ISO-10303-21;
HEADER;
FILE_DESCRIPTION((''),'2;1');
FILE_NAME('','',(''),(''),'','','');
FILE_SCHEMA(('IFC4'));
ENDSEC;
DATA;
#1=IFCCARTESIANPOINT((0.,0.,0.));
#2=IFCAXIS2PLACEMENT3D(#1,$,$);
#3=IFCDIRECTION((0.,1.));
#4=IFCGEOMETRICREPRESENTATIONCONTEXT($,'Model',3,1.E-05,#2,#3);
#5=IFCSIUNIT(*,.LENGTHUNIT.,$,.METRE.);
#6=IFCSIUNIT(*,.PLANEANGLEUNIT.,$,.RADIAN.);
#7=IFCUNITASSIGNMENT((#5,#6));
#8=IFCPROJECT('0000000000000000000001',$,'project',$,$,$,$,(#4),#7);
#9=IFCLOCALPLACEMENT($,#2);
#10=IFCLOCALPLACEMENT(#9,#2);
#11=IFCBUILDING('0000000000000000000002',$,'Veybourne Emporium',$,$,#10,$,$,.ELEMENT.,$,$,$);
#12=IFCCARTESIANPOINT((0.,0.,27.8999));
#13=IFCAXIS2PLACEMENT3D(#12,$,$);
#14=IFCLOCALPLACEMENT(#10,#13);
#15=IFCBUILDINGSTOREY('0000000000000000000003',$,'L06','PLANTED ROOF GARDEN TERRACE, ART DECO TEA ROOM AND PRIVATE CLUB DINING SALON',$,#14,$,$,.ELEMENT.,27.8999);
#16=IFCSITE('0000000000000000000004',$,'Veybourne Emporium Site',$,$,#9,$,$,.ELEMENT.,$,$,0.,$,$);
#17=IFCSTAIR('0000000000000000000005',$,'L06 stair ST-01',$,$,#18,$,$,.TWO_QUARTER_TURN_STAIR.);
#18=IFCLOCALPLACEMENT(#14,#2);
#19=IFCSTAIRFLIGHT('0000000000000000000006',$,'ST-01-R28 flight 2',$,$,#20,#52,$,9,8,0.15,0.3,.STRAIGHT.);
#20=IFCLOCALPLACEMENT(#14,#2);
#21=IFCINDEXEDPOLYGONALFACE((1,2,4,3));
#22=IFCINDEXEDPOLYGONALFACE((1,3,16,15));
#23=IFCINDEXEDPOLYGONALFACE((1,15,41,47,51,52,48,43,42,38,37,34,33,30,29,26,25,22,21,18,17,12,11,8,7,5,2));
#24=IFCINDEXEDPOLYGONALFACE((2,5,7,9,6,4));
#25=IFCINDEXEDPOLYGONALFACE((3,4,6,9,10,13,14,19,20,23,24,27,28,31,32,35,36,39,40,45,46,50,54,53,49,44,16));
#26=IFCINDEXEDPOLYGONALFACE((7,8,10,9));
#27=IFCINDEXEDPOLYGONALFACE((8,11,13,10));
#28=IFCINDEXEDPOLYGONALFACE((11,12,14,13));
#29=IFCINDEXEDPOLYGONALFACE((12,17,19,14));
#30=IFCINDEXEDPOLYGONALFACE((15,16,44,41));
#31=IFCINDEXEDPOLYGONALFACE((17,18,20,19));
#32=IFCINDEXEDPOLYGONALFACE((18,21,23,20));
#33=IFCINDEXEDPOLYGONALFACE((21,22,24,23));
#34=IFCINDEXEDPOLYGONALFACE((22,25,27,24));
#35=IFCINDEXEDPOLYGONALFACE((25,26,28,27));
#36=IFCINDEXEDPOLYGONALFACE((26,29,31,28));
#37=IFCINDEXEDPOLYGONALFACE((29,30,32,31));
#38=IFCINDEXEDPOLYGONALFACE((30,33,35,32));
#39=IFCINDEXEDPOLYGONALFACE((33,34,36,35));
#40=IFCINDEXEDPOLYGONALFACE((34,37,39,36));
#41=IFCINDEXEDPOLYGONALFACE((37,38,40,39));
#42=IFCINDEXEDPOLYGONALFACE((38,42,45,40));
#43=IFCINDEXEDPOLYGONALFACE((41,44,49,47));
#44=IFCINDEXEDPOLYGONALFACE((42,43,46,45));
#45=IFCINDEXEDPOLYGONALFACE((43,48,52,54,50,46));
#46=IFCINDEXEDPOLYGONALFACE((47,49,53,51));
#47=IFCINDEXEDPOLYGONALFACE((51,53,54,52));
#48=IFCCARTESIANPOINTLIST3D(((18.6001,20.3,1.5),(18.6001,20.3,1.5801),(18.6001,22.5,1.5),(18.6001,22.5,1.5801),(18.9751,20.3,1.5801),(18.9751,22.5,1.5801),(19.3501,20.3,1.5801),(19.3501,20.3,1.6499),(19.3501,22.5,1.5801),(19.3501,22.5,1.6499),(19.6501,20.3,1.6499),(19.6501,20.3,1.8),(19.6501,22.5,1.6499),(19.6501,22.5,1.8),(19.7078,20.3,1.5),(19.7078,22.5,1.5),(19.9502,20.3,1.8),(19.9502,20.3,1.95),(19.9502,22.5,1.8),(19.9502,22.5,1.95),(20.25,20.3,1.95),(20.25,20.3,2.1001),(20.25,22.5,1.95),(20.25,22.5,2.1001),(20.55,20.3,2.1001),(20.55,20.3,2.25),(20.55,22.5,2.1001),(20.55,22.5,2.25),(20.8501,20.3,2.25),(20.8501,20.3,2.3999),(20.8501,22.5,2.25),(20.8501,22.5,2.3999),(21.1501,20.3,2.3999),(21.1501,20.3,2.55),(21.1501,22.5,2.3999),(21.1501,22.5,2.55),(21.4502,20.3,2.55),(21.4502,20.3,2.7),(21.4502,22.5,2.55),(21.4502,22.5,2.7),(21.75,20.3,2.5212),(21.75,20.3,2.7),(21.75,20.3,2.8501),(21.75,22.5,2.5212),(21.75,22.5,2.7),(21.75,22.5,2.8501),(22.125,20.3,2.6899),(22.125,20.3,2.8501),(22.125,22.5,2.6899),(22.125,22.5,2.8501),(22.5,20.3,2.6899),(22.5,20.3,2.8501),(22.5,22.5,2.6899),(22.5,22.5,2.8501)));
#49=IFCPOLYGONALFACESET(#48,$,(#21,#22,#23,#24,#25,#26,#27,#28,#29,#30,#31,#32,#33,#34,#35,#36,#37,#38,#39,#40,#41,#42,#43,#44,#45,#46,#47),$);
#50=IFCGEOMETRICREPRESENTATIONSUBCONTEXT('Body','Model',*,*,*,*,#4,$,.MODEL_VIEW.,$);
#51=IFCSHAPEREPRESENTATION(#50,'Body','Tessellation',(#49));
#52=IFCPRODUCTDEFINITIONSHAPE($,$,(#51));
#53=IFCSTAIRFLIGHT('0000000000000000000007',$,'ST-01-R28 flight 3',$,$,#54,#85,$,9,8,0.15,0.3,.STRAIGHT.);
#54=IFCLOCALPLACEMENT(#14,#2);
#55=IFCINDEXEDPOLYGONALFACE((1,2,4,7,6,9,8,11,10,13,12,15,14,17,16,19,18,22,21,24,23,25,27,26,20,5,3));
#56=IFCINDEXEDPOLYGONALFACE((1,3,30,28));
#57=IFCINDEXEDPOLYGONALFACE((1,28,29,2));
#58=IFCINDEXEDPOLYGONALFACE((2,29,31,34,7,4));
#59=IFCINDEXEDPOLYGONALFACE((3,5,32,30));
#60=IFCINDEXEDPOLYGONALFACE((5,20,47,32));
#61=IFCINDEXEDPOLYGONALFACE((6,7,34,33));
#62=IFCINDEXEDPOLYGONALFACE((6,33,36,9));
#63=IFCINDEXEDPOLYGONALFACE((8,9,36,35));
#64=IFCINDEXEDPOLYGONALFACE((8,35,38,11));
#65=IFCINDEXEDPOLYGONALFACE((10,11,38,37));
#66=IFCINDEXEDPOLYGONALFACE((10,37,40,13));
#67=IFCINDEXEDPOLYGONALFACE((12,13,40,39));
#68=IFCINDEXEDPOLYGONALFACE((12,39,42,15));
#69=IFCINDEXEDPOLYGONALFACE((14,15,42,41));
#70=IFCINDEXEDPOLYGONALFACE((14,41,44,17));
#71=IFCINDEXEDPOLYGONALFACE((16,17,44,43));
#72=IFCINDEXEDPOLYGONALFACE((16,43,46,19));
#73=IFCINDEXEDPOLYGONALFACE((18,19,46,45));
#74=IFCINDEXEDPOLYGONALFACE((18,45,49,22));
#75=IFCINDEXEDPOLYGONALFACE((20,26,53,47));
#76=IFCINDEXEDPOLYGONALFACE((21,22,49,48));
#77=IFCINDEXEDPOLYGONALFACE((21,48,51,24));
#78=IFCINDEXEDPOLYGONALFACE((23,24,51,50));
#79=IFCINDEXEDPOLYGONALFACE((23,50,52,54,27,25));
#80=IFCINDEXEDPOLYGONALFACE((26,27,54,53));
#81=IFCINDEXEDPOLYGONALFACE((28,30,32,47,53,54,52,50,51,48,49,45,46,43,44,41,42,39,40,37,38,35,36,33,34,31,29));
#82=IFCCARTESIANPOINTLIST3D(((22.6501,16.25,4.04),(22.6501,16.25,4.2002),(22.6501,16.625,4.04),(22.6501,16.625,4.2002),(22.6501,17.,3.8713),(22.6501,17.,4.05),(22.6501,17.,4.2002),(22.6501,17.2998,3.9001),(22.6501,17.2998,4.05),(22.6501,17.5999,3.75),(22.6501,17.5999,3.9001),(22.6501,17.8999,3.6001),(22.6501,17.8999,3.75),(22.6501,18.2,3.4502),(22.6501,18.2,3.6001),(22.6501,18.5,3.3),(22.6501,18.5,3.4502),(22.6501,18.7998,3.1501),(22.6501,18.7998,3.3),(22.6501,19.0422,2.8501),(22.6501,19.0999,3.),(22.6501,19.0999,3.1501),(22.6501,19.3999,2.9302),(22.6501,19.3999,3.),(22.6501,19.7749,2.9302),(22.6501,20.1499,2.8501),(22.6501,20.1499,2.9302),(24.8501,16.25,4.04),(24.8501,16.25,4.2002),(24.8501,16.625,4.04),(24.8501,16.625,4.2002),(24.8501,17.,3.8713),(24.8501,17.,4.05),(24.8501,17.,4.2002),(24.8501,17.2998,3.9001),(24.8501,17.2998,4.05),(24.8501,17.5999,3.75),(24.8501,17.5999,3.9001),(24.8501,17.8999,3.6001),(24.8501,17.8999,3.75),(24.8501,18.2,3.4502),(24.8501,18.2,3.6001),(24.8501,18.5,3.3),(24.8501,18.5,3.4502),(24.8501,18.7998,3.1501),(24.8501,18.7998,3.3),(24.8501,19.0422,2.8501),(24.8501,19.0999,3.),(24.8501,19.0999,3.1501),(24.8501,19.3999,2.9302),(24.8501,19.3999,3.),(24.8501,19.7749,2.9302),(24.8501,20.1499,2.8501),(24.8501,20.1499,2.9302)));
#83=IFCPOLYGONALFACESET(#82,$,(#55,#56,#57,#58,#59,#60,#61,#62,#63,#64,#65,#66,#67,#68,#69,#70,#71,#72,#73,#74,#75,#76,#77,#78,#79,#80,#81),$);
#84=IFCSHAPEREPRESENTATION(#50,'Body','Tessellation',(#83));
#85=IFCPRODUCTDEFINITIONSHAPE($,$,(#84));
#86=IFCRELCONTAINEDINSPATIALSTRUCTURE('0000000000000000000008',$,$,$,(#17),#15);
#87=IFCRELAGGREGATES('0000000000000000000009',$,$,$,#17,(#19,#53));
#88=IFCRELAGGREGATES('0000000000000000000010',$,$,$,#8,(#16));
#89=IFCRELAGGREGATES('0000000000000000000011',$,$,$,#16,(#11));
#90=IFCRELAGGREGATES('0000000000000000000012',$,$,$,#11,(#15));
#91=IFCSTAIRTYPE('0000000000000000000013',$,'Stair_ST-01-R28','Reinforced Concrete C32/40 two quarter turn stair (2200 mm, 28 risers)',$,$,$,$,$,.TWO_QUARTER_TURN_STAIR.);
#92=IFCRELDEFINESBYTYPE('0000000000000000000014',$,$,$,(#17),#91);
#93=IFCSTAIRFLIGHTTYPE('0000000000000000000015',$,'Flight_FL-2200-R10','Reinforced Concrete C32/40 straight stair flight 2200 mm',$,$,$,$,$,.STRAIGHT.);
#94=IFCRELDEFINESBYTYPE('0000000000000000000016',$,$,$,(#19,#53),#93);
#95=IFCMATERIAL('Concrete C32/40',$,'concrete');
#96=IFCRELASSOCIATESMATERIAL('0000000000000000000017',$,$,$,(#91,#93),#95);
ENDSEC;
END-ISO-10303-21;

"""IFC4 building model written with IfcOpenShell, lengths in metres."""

from ifc_helpers import new_model, si_unit, direction, frame, origin, place, context, subcontext, project, spatial, polyline, outline, extrude, material, type_object, element, aggregate, save


model = new_model("IFC4")

# Units and contexts
model_context = context("Model", 3, precision=1e-05, world=origin(), true_north=direction((0.0, 1.0)))
body_context = subcontext(model_context, "Body", "Model", "MODEL_VIEW")
ifc_project = project(units=[si_unit("LENGTHUNIT", "METRE"), si_unit("PLANEANGLEUNIT", "RADIAN")], contexts=[model_context])

# Site, building, storey
site_placement = place(None, origin())
site = spatial("IfcSite", under=ifc_project, at=site_placement, Name="Veybourne Emporium Site", CompositionType="ELEMENT", RefElevation=0.0)
building_placement = place(site_placement, origin())
building = spatial("IfcBuilding", under=site, at=building_placement, Name="Veybourne Emporium", CompositionType="ELEMENT")
storey_placement = place(building_placement, frame((0.0, 0.0, 27.8999)))
storey = spatial("IfcBuildingStorey", under=building, at=storey_placement, Name="L06", Description="PLANTED ROOF GARDEN TERRACE, ART DECO TEA ROOM AND PRIVATE CLUB DINING SALON", CompositionType="ELEMENT", Elevation=27.8999)

# Shared definitions
ifc_material_1 = material(Name="Concrete C32/40", Category="concrete")

# Stair, stair flights
stair_type = type_object("IfcStairType", Name="Stair_ST-01-R28", Description="Reinforced Concrete C32/40 two quarter turn stair (2200 mm, 28 risers)", PredefinedType="TWO_QUARTER_TURN_STAIR", material=ifc_material_1)
stair_placement = place(storey_placement, origin())
stair = element("IfcStair", 1, at=stair_placement, inside=storey, type_object=stair_type, Name="L06 stair ST-01", PredefinedType="TWO_QUARTER_TURN_STAIR")
stair_flight_type = type_object("IfcStairFlightType", Name="Flight_FL-2200-R10", Description="Reinforced Concrete C32/40 straight stair flight 2200 mm", PredefinedType="STRAIGHT", material=ifc_material_1)
stair_flight_1_placement = place(storey_placement, frame((19.3501, 21.3999, 1.5), z_axis=(0.0, 0.0, 1.0), x_axis=(1.0, 0.0, 0.0)))
stair_flight_1 = element("IfcStairFlight", 2, at=stair_flight_1_placement, type_object=stair_flight_type, Name="ST-01-R28 flight 2", NumberOfRisers=9, NumberOfTreads=8, PredefinedType="STRAIGHT", RiserHeight=0.15, TreadLength=0.3, context=body_context, shape_type="SweptSolid", body=[
    extrude(outline(polyline([(-0.75, 0.0), (-0.75, 0.0801), (-0.375, 0.0801), (0.0, 0.0801), (0.0, 0.1499), (0.3, 0.1499), (0.3, 0.3), (0.6001, 0.3), (0.6001, 0.45), (0.8999, 0.45), (0.8999, 0.6001), (1.2, 0.6001), (1.2, 0.75), (1.5, 0.75), (1.5, 0.8999), (1.8, 0.8999), (1.8, 1.05), (2.1001, 1.05), (2.1001, 1.2), (2.3999, 1.2), (2.3999, 1.3501), (2.7749, 1.3501), (3.1499, 1.3501), (3.1499, 1.1899), (2.7749, 1.1899), (2.3999, 1.0212), (0.3577, 0.0), (-0.75, 0.0)])), frame((0.0, 1.1001, 0.0), z_axis=(0.0, -1.0, 0.0), x_axis=(1.0, 0.0, 0.0)), (0.0, 0.0, 1.0), 2.2),
])
stair_flight_2_placement = place(storey_placement, frame((23.75, 19.3999, 2.8501), z_axis=(0.0, 0.0, 1.0), x_axis=(0.0, -1.0, 0.0)))
stair_flight_2 = element("IfcStairFlight", 3, at=stair_flight_2_placement, type_object=stair_flight_type, Name="ST-01-R28 flight 3", NumberOfRisers=9, NumberOfTreads=8, PredefinedType="STRAIGHT", RiserHeight=0.15, TreadLength=0.3, context=body_context, shape_type="SweptSolid", body=[
    extrude(outline(polyline([(-0.75, 0.0), (-0.75, 0.0801), (-0.375, 0.0801), (0.0, 0.0801), (0.0, 0.1499), (0.3, 0.1499), (0.3, 0.3), (0.6001, 0.3), (0.6001, 0.45), (0.8999, 0.45), (0.8999, 0.6001), (1.2, 0.6001), (1.2, 0.75), (1.5, 0.75), (1.5, 0.8999), (1.8, 0.8999), (1.8, 1.05), (2.1001, 1.05), (2.1001, 1.2), (2.3999, 1.2), (2.3999, 1.3501), (2.7749, 1.3501), (3.1499, 1.3501), (3.1499, 1.1899), (2.7749, 1.1899), (2.3999, 1.0212), (0.3577, 0.0), (-0.75, 0.0)])), frame((0.0, 1.1001, 0.0), z_axis=(0.0, -1.0, 0.0), x_axis=(1.0, 0.0, 0.0)), (0.0, 0.0, 1.0), 2.2),
])
aggregate(stair, [stair_flight_1, stair_flight_2])

save(model, "model.ifc")
